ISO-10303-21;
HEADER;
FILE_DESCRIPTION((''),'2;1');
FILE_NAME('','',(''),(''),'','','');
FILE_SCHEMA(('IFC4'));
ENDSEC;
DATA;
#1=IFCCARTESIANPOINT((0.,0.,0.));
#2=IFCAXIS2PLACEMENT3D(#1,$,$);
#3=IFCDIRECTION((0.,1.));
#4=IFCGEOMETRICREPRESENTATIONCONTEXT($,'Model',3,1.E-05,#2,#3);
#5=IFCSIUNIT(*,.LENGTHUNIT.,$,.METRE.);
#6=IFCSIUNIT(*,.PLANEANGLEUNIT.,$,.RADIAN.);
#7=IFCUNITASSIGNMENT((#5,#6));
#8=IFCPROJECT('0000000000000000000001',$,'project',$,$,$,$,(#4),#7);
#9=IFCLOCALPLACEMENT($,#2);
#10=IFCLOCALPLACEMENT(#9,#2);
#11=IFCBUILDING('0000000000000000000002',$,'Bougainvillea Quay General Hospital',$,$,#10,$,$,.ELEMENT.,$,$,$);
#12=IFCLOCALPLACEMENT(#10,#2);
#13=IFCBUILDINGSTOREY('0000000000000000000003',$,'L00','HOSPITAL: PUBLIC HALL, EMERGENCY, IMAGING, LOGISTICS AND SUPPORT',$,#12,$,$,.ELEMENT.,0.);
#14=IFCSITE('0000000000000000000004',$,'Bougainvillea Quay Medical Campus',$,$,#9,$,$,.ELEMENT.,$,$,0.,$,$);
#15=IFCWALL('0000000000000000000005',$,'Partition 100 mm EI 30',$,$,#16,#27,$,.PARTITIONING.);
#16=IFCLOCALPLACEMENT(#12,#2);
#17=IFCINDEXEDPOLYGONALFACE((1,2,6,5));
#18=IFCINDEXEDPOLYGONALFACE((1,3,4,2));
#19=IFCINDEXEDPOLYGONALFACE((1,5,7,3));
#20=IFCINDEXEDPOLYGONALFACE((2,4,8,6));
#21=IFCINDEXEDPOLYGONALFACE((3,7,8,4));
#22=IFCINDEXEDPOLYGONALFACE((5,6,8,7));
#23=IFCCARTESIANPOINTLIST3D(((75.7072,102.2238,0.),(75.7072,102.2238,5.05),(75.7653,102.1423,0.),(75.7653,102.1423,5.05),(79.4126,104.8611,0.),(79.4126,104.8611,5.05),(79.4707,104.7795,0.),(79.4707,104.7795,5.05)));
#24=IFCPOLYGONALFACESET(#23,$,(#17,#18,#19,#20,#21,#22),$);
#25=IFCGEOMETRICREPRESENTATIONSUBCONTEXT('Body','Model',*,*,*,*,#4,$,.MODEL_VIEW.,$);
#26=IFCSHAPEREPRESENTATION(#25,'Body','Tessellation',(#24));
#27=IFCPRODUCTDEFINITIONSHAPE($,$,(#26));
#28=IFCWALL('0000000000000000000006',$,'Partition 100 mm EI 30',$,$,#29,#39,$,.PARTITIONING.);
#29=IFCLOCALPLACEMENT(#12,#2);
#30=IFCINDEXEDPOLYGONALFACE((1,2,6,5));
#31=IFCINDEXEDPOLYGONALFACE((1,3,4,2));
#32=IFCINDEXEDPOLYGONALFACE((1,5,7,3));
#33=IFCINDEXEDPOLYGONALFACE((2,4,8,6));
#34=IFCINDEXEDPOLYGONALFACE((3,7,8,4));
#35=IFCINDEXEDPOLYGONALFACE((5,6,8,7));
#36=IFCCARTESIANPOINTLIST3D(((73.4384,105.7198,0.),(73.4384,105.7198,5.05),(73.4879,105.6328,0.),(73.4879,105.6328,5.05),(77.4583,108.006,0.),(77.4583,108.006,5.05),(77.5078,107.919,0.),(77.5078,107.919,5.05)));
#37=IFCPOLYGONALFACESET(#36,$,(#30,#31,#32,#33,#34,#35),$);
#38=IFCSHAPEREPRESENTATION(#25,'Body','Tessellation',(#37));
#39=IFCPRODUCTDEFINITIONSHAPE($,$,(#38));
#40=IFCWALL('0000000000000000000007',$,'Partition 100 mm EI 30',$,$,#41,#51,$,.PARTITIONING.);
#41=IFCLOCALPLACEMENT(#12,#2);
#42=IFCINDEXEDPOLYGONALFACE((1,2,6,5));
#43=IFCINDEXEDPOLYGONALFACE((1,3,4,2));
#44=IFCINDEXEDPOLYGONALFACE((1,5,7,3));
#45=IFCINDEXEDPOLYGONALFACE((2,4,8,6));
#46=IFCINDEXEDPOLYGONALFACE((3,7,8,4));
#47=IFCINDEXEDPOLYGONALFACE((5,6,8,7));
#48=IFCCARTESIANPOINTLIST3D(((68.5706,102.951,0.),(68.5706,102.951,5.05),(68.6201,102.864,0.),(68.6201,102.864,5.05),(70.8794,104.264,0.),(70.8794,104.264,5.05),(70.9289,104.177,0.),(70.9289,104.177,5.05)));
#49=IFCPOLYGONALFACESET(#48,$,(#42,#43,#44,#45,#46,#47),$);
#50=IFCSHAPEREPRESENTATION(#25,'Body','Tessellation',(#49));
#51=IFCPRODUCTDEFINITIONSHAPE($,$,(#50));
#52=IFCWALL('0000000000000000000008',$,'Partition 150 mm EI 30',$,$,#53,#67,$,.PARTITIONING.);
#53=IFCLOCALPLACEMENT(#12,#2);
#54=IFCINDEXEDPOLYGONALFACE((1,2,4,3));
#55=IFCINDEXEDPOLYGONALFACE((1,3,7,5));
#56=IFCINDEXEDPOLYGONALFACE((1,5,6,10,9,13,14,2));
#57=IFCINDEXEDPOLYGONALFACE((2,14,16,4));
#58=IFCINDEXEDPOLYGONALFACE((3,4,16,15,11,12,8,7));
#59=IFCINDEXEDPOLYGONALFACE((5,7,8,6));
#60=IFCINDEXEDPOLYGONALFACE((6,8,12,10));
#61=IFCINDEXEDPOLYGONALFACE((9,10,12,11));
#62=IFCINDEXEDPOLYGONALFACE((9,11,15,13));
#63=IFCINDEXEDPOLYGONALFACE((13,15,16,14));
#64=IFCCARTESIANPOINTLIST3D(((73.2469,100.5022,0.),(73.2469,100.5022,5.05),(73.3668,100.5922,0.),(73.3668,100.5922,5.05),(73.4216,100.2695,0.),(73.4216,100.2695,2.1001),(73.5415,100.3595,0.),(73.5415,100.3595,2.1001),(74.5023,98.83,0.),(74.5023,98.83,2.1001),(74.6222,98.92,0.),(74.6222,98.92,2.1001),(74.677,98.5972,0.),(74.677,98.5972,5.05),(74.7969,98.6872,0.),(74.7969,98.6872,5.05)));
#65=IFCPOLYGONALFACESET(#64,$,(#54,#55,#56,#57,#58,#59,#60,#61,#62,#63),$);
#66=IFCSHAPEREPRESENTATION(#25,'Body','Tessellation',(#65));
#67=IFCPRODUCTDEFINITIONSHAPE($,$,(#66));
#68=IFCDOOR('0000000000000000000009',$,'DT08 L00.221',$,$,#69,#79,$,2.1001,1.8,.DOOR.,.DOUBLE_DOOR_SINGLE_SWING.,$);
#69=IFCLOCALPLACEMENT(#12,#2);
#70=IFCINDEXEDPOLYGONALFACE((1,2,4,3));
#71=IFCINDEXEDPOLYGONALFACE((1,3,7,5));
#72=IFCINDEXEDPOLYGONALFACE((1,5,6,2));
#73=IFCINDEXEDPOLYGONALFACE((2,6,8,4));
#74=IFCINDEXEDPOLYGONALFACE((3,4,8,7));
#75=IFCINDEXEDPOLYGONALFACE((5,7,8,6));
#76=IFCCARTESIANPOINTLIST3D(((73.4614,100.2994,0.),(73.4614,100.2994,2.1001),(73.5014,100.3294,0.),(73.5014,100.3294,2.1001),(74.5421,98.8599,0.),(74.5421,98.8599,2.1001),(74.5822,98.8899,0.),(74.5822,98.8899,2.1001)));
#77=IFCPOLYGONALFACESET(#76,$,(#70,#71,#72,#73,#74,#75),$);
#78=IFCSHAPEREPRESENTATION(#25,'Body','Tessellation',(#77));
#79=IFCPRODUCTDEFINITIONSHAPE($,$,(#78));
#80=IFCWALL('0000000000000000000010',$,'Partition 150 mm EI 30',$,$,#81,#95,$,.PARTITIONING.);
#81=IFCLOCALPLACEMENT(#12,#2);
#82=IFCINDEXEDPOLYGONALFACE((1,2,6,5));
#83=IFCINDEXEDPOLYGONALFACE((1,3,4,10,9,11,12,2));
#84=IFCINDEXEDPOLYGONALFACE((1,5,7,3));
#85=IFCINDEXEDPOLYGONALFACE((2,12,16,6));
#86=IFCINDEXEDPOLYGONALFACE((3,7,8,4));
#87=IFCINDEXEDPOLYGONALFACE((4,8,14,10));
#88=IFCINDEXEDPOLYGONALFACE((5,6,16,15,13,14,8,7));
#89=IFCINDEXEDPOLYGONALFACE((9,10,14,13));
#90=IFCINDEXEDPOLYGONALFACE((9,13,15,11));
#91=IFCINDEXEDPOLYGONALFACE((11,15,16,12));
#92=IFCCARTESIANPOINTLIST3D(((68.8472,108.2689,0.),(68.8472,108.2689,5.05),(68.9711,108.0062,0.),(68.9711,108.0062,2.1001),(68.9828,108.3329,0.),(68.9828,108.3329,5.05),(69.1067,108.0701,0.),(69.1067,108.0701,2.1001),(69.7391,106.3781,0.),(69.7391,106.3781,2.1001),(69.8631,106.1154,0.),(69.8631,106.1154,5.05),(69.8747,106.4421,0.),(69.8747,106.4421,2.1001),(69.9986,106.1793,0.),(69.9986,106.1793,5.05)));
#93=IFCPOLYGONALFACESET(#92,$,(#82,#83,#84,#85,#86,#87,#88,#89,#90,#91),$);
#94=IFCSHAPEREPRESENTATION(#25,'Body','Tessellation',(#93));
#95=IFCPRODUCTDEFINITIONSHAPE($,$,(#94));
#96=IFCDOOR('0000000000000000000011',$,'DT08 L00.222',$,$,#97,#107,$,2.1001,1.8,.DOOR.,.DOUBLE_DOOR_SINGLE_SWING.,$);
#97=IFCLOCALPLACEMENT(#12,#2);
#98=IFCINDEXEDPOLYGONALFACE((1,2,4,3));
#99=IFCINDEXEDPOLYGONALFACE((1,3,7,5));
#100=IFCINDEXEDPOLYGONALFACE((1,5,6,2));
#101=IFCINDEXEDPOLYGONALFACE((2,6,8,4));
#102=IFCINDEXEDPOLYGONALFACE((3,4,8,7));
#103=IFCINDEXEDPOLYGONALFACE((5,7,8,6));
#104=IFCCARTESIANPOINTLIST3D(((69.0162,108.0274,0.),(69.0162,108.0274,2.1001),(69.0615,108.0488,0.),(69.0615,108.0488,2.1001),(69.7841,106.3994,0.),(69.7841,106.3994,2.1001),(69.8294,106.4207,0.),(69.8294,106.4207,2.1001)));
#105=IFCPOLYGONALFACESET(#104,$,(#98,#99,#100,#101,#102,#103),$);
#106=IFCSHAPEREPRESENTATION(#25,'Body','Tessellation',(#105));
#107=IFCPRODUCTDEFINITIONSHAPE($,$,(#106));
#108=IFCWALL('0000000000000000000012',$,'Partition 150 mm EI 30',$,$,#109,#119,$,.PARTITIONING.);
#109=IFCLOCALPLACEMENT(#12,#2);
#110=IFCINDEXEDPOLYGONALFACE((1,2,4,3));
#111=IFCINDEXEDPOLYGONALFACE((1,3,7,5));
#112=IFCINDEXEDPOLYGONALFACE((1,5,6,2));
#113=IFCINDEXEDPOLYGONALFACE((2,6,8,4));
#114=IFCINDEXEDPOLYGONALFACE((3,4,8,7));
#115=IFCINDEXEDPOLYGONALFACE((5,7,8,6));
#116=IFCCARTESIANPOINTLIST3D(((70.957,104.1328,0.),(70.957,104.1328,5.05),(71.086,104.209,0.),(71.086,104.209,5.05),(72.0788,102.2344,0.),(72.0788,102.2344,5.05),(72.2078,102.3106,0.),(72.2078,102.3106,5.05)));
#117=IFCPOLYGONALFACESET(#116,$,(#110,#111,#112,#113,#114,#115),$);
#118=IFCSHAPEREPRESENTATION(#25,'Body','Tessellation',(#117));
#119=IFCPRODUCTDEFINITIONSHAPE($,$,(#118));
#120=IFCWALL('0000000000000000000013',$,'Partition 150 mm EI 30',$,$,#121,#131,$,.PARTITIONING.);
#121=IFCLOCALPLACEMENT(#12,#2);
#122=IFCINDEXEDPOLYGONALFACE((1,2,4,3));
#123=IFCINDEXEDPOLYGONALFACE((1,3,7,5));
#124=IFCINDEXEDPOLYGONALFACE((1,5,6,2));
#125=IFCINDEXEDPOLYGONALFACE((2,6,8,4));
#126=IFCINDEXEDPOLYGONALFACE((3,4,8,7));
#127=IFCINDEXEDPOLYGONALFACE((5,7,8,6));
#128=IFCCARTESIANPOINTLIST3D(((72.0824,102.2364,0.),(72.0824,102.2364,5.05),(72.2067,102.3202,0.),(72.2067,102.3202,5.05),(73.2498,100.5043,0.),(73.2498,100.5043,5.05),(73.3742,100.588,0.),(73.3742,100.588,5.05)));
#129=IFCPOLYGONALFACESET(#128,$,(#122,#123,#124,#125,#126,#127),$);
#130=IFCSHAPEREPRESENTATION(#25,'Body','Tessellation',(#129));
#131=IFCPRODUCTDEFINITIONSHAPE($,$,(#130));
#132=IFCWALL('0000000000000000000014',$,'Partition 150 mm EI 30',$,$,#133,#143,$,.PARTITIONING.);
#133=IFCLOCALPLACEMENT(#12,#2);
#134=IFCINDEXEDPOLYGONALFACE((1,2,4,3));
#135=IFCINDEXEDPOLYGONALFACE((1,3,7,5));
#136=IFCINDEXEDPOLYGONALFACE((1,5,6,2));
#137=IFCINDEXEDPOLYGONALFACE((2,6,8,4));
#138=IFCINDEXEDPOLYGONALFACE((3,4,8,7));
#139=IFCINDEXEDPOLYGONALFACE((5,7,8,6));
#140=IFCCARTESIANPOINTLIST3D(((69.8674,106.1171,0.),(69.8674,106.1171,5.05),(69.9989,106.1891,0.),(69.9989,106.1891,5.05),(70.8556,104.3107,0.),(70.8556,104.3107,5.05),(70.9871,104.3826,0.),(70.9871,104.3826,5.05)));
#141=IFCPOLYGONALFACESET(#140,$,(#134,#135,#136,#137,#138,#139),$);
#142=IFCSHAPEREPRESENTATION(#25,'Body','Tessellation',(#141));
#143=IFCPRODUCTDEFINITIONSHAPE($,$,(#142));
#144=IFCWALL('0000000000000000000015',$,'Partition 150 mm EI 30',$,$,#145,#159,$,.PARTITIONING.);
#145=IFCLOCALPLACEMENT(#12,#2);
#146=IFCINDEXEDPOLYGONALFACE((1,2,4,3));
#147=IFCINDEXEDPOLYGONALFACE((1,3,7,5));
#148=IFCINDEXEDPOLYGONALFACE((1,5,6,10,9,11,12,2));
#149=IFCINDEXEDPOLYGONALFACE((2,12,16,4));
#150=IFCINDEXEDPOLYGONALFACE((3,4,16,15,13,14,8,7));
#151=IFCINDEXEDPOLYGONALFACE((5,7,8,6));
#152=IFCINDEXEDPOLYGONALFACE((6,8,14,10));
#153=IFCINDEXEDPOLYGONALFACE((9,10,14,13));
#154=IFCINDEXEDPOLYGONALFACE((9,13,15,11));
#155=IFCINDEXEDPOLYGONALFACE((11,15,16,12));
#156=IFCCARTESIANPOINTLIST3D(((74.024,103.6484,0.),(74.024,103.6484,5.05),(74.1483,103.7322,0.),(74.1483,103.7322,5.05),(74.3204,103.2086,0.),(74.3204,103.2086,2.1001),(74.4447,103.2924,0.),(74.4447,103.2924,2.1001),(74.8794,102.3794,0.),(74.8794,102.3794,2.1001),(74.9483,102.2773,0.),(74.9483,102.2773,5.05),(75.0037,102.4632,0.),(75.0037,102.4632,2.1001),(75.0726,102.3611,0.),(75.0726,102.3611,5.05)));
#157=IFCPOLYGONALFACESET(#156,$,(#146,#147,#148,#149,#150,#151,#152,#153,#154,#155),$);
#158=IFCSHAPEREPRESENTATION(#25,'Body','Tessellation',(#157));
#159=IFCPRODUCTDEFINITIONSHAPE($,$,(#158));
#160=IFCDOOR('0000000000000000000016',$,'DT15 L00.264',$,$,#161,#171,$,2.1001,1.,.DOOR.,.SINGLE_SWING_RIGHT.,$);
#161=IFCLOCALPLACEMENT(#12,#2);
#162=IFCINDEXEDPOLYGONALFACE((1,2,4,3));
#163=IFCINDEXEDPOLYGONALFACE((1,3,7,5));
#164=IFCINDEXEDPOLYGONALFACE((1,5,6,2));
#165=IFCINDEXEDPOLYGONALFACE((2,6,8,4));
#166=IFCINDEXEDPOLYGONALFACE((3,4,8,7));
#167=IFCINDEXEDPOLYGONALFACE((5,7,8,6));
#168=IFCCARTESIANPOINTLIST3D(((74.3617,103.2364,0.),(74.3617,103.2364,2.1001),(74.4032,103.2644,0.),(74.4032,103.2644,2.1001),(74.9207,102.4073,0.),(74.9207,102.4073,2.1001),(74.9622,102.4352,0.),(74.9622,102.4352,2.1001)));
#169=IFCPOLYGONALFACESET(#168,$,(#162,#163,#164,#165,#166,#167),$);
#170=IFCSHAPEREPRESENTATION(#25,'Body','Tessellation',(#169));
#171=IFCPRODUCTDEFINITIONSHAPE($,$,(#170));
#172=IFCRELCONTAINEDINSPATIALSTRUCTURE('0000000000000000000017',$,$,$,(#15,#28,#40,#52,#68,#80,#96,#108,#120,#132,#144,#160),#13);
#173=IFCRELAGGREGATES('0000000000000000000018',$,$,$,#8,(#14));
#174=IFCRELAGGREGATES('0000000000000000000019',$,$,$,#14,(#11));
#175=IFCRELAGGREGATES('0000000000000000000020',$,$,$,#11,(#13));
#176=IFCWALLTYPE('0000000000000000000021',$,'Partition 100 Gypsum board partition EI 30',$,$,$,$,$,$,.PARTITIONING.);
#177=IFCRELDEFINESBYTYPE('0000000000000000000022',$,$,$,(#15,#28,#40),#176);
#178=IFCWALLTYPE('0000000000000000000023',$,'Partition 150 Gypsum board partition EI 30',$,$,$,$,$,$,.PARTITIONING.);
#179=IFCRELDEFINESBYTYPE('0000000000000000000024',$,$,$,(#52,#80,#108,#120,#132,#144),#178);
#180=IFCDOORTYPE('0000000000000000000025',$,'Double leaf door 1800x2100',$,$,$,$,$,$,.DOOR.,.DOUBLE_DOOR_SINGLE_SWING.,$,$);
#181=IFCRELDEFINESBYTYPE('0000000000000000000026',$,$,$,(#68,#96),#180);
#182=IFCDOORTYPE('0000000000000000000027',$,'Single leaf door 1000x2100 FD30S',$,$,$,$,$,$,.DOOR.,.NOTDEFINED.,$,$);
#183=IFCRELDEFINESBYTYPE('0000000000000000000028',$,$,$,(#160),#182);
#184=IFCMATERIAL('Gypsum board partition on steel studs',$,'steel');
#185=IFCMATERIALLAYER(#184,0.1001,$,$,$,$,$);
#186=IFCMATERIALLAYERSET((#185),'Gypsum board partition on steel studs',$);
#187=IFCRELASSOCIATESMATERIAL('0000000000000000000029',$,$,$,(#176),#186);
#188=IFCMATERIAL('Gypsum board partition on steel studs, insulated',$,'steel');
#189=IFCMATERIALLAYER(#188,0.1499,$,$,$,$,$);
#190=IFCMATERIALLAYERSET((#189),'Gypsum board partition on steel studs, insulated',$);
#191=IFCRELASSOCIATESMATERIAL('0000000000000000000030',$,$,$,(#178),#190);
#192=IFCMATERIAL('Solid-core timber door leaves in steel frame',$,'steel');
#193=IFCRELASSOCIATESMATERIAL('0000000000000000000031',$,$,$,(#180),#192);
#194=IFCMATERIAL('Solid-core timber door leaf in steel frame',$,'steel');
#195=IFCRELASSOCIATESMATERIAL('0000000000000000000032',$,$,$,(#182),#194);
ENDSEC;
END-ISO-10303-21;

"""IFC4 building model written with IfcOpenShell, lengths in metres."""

from ifc_helpers import new_model, si_unit, direction, frame, frame_2d, origin, place, context, subcontext, project, spatial, rectangle, extrude, material, layer, layer_set, type_object, element, fill, save


model = new_model("IFC4")

# Units and contexts
model_context = context("Model", 3, precision=1e-05, world=origin(), true_north=direction((0.0, 1.0)))
body_context = subcontext(model_context, "Body", "Model", "MODEL_VIEW")
ifc_project = project(units=[si_unit("LENGTHUNIT", "METRE"), si_unit("PLANEANGLEUNIT", "RADIAN")], contexts=[model_context])

# Site, building, storey
site_placement = place(None, origin())
site = spatial("IfcSite", under=ifc_project, at=site_placement, Name="Bougainvillea Quay Medical Campus", CompositionType="ELEMENT", RefElevation=0.0)
building_placement = place(site_placement, origin())
building = spatial("IfcBuilding", under=site, at=building_placement, Name="Bougainvillea Quay General Hospital", CompositionType="ELEMENT")
storey_placement = place(building_placement, origin())
storey = spatial("IfcBuildingStorey", under=building, at=storey_placement, Name="L00", Description="HOSPITAL: PUBLIC HALL, EMERGENCY, IMAGING, LOGISTICS AND SUPPORT", CompositionType="ELEMENT", Elevation=0.0)

# Walls
ifc_material_1 = material(Name="Gypsum board partition on steel studs", Category="steel")
ifc_layer_1 = layer(ifc_material_1, 0.1001)
ifc_layer_set_1 = layer_set([ifc_layer_1], Name="Gypsum board partition on steel studs")
wall_type_1 = type_object("IfcWallType", Name="Partition 100 Gypsum board partition EI 30", PredefinedType="PARTITIONING", material=ifc_layer_set_1)
wall_1_placement = place(storey_placement, frame((75.7363, 102.1831, 0.0), z_axis=(0.0, 0.0, 1.0), x_axis=(0.814715, 0.579861, 0.0)))
element("IfcWall", 1, at=wall_1_placement, inside=storey, type_object=wall_type_1, Name="Partition 100 mm EI 30", PredefinedType="PARTITIONING", context=body_context, shape_type="SweptSolid", body=[
    extrude(rectangle(XDim=4.5481, YDim=0.1001, at=frame_2d((2.2739, 0.0))), origin(), (0.0, 0.0, 1.0), 5.05),
])
wall_2_placement = place(storey_placement, frame((73.4631, 105.6763, 0.0), z_axis=(0.0, 0.0, 1.0), x_axis=(0.869255, 0.494364, 0.0)))
element("IfcWall", 2, at=wall_2_placement, inside=storey, type_object=wall_type_1, Name="Partition 100 mm EI 30", PredefinedType="PARTITIONING", context=body_context, shape_type="SweptSolid", body=[
    extrude(rectangle(XDim=4.6245, YDim=0.1001, at=frame_2d((2.3123, 0.0))), origin(), (0.0, 0.0, 1.0), 5.05),
])
wall_3_placement = place(storey_placement, frame((68.5952, 102.9075, 0.0), z_axis=(0.0, 0.0, 1.0), x_axis=(0.869271, 0.494336, 0.0)))
element("IfcWall", 3, at=wall_3_placement, inside=storey, type_object=wall_type_1, Name="Partition 100 mm EI 30", PredefinedType="PARTITIONING", context=body_context, shape_type="SweptSolid", body=[
    extrude(rectangle(XDim=2.656, YDim=0.1001, at=frame_2d((1.3281, 0.0))), origin(), (0.0, 0.0, 1.0), 5.05),
])

# Walls, openings, doors
ifc_material_2 = material(Name="Gypsum board partition on steel studs, insulated", Category="steel")
ifc_layer_2 = layer(ifc_material_2, 0.1499)
ifc_layer_set_2 = layer_set([ifc_layer_2], Name="Gypsum board partition on steel studs, insulated")
wall_type_2 = type_object("IfcWallType", Name="Partition 150 Gypsum board partition EI 30", PredefinedType="PARTITIONING", material=ifc_layer_set_2)
wall_4_placement = place(storey_placement, frame((73.3069, 100.5471, 0.0), z_axis=(0.0, 0.0, 1.0), x_axis=(0.600377, -0.799717, 0.0)))
wall_4 = element("IfcWall", 4, at=wall_4_placement, inside=storey, type_object=wall_type_2, Name="Partition 150 mm EI 30", PredefinedType="PARTITIONING", context=body_context, shape_type="SweptSolid", body=[
    extrude(rectangle(XDim=2.3821, YDim=0.1499, at=frame_2d((1.1909, 0.0))), origin(), (0.0, 0.0, 1.0), 5.05),
])
opening_1_placement = place(wall_4_placement, frame((0.291, 0.0, 0.0)))
opening_1 = element("IfcOpeningElement", 5, at=opening_1_placement, cuts=wall_4, PredefinedType="OPENING", context=body_context, shape_type="SweptSolid", body=[
    extrude(rectangle(XDim=1.8, YDim=2.1001, at=frame_2d((0.8999, 1.05))), frame((0.0, 0.085, 0.0), z_axis=(0.0, -1.0, 0.0), x_axis=(1.0, 0.0, 0.0)), (0.0, 0.0, 1.0), 0.1699),
])
ifc_material_3 = material(Name="Solid-core timber door leaves in steel frame", Category="steel")
door_type_1 = type_object("IfcDoorType", Name="Double leaf door 1800x2100", OperationType="DOUBLE_DOOR_SINGLE_SWING", PredefinedType="DOOR", material=ifc_material_3)
door_1_placement = place(opening_1_placement, origin())
door_1 = element("IfcDoor", 6, at=door_1_placement, inside=storey, type_object=door_type_1, Name="DT08 L00.221", OperationType="DOUBLE_DOOR_SINGLE_SWING", OverallHeight=2.1001, OverallWidth=1.8, PredefinedType="DOOR", context=body_context, shape_type="SweptSolid", body=[
    extrude(rectangle(XDim=1.8, YDim=2.1001, at=frame_2d((0.8999, 1.05))), frame((0.0, 0.0249, 0.0), z_axis=(0.0, -1.0, 0.0), x_axis=(1.0, 0.0, 0.0)), (0.0, 0.0, 1.0), 0.05),
])
fill(opening_1, door_1)
wall_5_placement = place(storey_placement, frame((68.915, 108.3008, 0.0), z_axis=(0.0, 0.0, 1.0), x_axis=(0.426631, -0.904426, 0.0)))
wall_5 = element("IfcWall", 7, at=wall_5_placement, inside=storey, type_object=wall_type_2, Name="Partition 150 mm EI 30", PredefinedType="PARTITIONING", context=body_context, shape_type="SweptSolid", body=[
    extrude(rectangle(XDim=2.3811, YDim=0.1499, at=frame_2d((1.1904, 0.0))), origin(), (0.0, 0.0, 1.0), 5.05),
])
opening_2_placement = place(wall_5_placement, frame((0.2905, 0.0, 0.0)))
opening_2 = element("IfcOpeningElement", 8, at=opening_2_placement, cuts=wall_5, PredefinedType="OPENING", context=body_context, shape_type="SweptSolid", body=[
    extrude(rectangle(XDim=1.8, YDim=2.1001, at=frame_2d((0.8999, 1.05))), frame((0.0, 0.085, 0.0), z_axis=(0.0, -1.0, 0.0), x_axis=(1.0, 0.0, 0.0)), (0.0, 0.0, 1.0), 0.1699),
])
door_2_placement = place(opening_2_placement, origin())
door_2 = element("IfcDoor", 9, at=door_2_placement, inside=storey, type_object=door_type_1, Name="DT08 L00.222", OperationType="DOUBLE_DOOR_SINGLE_SWING", OverallHeight=2.1001, OverallWidth=1.8, PredefinedType="DOOR", context=body_context, shape_type="SweptSolid", body=[
    extrude(rectangle(XDim=1.8, YDim=2.1001, at=frame_2d((0.8999, 1.05))), frame((0.0, 0.0249, 0.0), z_axis=(0.0, -1.0, 0.0), x_axis=(1.0, 0.0, 0.0)), (0.0, 0.0, 1.0), 0.05),
])
fill(opening_2, door_2)

# Walls
wall_6_placement = place(storey_placement, frame((71.0215, 104.1709, 0.0), z_axis=(0.0, 0.0, 1.0), x_axis=(0.508737, -0.860922, 0.0)))
element("IfcWall", 10, at=wall_6_placement, inside=storey, type_object=wall_type_2, Name="Partition 150 mm EI 30", PredefinedType="PARTITIONING", context=body_context, shape_type="SweptSolid", body=[
    extrude(rectangle(XDim=2.2051, YDim=0.1499, at=frame_2d((1.1025, 0.0))), origin(), (0.0, 0.0, 1.0), 5.05),
])
wall_7_placement = place(storey_placement, frame((72.1445, 102.2783, 0.0), z_axis=(0.0, 0.0, 1.0), x_axis=(0.558901, -0.829235, 0.0)))
element("IfcWall", 11, at=wall_7_placement, inside=storey, type_object=wall_type_2, Name="Partition 150 mm EI 30", PredefinedType="PARTITIONING", context=body_context, shape_type="SweptSolid", body=[
    extrude(rectangle(XDim=2.0889, YDim=0.1499, at=frame_2d((1.0444, 0.0))), origin(), (0.0, 0.0, 1.0), 5.05),
])
wall_8_placement = place(storey_placement, frame((69.9331, 106.1531, 0.0), z_axis=(0.0, 0.0, 1.0), x_axis=(0.479965, -0.877288, 0.0)))
element("IfcWall", 12, at=wall_8_placement, inside=storey, type_object=wall_type_2, Name="Partition 150 mm EI 30", PredefinedType="PARTITIONING", context=body_context, shape_type="SweptSolid", body=[
    extrude(rectangle(XDim=2.0591, YDim=0.1499, at=frame_2d((1.0295, 0.0))), origin(), (0.0, 0.0, 1.0), 5.05),
])

# Wall, opening, door
wall_9_placement = place(storey_placement, frame((74.0862, 103.6902, 0.0), z_axis=(0.0, 0.0, 1.0), x_axis=(0.558986, -0.829177, 0.0)))
wall_9 = element("IfcWall", 13, at=wall_9_placement, inside=storey, type_object=wall_type_2, Name="Partition 150 mm EI 30", PredefinedType="PARTITIONING", context=body_context, shape_type="SweptSolid", body=[
    extrude(rectangle(XDim=1.6536, YDim=0.1499, at=frame_2d((0.8267, 0.0))), origin(), (0.0, 0.0, 1.0), 5.05),
])
opening_3_placement = place(wall_9_placement, frame((0.5303, 0.0, 0.0)))
opening_3 = element("IfcOpeningElement", 14, at=opening_3_placement, cuts=wall_9, PredefinedType="OPENING", context=body_context, shape_type="SweptSolid", body=[
    extrude(rectangle(XDim=1.0, YDim=2.1001, at=frame_2d((0.5, 1.05))), frame((0.0, 0.085, 0.0), z_axis=(0.0, -1.0, 0.0), x_axis=(1.0, 0.0, 0.0)), (0.0, 0.0, 1.0), 0.1699),
])
ifc_material_4 = material(Name="Solid-core timber door leaf in steel frame", Category="steel")
door_type_2 = type_object("IfcDoorType", Name="Single leaf door 1000x2100 FD30S", OperationType="NOTDEFINED", PredefinedType="DOOR", material=ifc_material_4)
door_3_placement = place(opening_3_placement, origin())
door_3 = element("IfcDoor", 15, at=door_3_placement, inside=storey, type_object=door_type_2, Name="DT15 L00.264", OperationType="SINGLE_SWING_RIGHT", OverallHeight=2.1001, OverallWidth=1.0, PredefinedType="DOOR", context=body_context, shape_type="SweptSolid", body=[
    extrude(rectangle(XDim=1.0, YDim=2.1001, at=frame_2d((0.5, 1.05))), frame((0.0, 0.0249, 0.0), z_axis=(0.0, -1.0, 0.0), x_axis=(1.0, 0.0, 0.0)), (0.0, 0.0, 1.0), 0.05),
])
fill(opening_3, door_3)

save(model, "model.ifc")
